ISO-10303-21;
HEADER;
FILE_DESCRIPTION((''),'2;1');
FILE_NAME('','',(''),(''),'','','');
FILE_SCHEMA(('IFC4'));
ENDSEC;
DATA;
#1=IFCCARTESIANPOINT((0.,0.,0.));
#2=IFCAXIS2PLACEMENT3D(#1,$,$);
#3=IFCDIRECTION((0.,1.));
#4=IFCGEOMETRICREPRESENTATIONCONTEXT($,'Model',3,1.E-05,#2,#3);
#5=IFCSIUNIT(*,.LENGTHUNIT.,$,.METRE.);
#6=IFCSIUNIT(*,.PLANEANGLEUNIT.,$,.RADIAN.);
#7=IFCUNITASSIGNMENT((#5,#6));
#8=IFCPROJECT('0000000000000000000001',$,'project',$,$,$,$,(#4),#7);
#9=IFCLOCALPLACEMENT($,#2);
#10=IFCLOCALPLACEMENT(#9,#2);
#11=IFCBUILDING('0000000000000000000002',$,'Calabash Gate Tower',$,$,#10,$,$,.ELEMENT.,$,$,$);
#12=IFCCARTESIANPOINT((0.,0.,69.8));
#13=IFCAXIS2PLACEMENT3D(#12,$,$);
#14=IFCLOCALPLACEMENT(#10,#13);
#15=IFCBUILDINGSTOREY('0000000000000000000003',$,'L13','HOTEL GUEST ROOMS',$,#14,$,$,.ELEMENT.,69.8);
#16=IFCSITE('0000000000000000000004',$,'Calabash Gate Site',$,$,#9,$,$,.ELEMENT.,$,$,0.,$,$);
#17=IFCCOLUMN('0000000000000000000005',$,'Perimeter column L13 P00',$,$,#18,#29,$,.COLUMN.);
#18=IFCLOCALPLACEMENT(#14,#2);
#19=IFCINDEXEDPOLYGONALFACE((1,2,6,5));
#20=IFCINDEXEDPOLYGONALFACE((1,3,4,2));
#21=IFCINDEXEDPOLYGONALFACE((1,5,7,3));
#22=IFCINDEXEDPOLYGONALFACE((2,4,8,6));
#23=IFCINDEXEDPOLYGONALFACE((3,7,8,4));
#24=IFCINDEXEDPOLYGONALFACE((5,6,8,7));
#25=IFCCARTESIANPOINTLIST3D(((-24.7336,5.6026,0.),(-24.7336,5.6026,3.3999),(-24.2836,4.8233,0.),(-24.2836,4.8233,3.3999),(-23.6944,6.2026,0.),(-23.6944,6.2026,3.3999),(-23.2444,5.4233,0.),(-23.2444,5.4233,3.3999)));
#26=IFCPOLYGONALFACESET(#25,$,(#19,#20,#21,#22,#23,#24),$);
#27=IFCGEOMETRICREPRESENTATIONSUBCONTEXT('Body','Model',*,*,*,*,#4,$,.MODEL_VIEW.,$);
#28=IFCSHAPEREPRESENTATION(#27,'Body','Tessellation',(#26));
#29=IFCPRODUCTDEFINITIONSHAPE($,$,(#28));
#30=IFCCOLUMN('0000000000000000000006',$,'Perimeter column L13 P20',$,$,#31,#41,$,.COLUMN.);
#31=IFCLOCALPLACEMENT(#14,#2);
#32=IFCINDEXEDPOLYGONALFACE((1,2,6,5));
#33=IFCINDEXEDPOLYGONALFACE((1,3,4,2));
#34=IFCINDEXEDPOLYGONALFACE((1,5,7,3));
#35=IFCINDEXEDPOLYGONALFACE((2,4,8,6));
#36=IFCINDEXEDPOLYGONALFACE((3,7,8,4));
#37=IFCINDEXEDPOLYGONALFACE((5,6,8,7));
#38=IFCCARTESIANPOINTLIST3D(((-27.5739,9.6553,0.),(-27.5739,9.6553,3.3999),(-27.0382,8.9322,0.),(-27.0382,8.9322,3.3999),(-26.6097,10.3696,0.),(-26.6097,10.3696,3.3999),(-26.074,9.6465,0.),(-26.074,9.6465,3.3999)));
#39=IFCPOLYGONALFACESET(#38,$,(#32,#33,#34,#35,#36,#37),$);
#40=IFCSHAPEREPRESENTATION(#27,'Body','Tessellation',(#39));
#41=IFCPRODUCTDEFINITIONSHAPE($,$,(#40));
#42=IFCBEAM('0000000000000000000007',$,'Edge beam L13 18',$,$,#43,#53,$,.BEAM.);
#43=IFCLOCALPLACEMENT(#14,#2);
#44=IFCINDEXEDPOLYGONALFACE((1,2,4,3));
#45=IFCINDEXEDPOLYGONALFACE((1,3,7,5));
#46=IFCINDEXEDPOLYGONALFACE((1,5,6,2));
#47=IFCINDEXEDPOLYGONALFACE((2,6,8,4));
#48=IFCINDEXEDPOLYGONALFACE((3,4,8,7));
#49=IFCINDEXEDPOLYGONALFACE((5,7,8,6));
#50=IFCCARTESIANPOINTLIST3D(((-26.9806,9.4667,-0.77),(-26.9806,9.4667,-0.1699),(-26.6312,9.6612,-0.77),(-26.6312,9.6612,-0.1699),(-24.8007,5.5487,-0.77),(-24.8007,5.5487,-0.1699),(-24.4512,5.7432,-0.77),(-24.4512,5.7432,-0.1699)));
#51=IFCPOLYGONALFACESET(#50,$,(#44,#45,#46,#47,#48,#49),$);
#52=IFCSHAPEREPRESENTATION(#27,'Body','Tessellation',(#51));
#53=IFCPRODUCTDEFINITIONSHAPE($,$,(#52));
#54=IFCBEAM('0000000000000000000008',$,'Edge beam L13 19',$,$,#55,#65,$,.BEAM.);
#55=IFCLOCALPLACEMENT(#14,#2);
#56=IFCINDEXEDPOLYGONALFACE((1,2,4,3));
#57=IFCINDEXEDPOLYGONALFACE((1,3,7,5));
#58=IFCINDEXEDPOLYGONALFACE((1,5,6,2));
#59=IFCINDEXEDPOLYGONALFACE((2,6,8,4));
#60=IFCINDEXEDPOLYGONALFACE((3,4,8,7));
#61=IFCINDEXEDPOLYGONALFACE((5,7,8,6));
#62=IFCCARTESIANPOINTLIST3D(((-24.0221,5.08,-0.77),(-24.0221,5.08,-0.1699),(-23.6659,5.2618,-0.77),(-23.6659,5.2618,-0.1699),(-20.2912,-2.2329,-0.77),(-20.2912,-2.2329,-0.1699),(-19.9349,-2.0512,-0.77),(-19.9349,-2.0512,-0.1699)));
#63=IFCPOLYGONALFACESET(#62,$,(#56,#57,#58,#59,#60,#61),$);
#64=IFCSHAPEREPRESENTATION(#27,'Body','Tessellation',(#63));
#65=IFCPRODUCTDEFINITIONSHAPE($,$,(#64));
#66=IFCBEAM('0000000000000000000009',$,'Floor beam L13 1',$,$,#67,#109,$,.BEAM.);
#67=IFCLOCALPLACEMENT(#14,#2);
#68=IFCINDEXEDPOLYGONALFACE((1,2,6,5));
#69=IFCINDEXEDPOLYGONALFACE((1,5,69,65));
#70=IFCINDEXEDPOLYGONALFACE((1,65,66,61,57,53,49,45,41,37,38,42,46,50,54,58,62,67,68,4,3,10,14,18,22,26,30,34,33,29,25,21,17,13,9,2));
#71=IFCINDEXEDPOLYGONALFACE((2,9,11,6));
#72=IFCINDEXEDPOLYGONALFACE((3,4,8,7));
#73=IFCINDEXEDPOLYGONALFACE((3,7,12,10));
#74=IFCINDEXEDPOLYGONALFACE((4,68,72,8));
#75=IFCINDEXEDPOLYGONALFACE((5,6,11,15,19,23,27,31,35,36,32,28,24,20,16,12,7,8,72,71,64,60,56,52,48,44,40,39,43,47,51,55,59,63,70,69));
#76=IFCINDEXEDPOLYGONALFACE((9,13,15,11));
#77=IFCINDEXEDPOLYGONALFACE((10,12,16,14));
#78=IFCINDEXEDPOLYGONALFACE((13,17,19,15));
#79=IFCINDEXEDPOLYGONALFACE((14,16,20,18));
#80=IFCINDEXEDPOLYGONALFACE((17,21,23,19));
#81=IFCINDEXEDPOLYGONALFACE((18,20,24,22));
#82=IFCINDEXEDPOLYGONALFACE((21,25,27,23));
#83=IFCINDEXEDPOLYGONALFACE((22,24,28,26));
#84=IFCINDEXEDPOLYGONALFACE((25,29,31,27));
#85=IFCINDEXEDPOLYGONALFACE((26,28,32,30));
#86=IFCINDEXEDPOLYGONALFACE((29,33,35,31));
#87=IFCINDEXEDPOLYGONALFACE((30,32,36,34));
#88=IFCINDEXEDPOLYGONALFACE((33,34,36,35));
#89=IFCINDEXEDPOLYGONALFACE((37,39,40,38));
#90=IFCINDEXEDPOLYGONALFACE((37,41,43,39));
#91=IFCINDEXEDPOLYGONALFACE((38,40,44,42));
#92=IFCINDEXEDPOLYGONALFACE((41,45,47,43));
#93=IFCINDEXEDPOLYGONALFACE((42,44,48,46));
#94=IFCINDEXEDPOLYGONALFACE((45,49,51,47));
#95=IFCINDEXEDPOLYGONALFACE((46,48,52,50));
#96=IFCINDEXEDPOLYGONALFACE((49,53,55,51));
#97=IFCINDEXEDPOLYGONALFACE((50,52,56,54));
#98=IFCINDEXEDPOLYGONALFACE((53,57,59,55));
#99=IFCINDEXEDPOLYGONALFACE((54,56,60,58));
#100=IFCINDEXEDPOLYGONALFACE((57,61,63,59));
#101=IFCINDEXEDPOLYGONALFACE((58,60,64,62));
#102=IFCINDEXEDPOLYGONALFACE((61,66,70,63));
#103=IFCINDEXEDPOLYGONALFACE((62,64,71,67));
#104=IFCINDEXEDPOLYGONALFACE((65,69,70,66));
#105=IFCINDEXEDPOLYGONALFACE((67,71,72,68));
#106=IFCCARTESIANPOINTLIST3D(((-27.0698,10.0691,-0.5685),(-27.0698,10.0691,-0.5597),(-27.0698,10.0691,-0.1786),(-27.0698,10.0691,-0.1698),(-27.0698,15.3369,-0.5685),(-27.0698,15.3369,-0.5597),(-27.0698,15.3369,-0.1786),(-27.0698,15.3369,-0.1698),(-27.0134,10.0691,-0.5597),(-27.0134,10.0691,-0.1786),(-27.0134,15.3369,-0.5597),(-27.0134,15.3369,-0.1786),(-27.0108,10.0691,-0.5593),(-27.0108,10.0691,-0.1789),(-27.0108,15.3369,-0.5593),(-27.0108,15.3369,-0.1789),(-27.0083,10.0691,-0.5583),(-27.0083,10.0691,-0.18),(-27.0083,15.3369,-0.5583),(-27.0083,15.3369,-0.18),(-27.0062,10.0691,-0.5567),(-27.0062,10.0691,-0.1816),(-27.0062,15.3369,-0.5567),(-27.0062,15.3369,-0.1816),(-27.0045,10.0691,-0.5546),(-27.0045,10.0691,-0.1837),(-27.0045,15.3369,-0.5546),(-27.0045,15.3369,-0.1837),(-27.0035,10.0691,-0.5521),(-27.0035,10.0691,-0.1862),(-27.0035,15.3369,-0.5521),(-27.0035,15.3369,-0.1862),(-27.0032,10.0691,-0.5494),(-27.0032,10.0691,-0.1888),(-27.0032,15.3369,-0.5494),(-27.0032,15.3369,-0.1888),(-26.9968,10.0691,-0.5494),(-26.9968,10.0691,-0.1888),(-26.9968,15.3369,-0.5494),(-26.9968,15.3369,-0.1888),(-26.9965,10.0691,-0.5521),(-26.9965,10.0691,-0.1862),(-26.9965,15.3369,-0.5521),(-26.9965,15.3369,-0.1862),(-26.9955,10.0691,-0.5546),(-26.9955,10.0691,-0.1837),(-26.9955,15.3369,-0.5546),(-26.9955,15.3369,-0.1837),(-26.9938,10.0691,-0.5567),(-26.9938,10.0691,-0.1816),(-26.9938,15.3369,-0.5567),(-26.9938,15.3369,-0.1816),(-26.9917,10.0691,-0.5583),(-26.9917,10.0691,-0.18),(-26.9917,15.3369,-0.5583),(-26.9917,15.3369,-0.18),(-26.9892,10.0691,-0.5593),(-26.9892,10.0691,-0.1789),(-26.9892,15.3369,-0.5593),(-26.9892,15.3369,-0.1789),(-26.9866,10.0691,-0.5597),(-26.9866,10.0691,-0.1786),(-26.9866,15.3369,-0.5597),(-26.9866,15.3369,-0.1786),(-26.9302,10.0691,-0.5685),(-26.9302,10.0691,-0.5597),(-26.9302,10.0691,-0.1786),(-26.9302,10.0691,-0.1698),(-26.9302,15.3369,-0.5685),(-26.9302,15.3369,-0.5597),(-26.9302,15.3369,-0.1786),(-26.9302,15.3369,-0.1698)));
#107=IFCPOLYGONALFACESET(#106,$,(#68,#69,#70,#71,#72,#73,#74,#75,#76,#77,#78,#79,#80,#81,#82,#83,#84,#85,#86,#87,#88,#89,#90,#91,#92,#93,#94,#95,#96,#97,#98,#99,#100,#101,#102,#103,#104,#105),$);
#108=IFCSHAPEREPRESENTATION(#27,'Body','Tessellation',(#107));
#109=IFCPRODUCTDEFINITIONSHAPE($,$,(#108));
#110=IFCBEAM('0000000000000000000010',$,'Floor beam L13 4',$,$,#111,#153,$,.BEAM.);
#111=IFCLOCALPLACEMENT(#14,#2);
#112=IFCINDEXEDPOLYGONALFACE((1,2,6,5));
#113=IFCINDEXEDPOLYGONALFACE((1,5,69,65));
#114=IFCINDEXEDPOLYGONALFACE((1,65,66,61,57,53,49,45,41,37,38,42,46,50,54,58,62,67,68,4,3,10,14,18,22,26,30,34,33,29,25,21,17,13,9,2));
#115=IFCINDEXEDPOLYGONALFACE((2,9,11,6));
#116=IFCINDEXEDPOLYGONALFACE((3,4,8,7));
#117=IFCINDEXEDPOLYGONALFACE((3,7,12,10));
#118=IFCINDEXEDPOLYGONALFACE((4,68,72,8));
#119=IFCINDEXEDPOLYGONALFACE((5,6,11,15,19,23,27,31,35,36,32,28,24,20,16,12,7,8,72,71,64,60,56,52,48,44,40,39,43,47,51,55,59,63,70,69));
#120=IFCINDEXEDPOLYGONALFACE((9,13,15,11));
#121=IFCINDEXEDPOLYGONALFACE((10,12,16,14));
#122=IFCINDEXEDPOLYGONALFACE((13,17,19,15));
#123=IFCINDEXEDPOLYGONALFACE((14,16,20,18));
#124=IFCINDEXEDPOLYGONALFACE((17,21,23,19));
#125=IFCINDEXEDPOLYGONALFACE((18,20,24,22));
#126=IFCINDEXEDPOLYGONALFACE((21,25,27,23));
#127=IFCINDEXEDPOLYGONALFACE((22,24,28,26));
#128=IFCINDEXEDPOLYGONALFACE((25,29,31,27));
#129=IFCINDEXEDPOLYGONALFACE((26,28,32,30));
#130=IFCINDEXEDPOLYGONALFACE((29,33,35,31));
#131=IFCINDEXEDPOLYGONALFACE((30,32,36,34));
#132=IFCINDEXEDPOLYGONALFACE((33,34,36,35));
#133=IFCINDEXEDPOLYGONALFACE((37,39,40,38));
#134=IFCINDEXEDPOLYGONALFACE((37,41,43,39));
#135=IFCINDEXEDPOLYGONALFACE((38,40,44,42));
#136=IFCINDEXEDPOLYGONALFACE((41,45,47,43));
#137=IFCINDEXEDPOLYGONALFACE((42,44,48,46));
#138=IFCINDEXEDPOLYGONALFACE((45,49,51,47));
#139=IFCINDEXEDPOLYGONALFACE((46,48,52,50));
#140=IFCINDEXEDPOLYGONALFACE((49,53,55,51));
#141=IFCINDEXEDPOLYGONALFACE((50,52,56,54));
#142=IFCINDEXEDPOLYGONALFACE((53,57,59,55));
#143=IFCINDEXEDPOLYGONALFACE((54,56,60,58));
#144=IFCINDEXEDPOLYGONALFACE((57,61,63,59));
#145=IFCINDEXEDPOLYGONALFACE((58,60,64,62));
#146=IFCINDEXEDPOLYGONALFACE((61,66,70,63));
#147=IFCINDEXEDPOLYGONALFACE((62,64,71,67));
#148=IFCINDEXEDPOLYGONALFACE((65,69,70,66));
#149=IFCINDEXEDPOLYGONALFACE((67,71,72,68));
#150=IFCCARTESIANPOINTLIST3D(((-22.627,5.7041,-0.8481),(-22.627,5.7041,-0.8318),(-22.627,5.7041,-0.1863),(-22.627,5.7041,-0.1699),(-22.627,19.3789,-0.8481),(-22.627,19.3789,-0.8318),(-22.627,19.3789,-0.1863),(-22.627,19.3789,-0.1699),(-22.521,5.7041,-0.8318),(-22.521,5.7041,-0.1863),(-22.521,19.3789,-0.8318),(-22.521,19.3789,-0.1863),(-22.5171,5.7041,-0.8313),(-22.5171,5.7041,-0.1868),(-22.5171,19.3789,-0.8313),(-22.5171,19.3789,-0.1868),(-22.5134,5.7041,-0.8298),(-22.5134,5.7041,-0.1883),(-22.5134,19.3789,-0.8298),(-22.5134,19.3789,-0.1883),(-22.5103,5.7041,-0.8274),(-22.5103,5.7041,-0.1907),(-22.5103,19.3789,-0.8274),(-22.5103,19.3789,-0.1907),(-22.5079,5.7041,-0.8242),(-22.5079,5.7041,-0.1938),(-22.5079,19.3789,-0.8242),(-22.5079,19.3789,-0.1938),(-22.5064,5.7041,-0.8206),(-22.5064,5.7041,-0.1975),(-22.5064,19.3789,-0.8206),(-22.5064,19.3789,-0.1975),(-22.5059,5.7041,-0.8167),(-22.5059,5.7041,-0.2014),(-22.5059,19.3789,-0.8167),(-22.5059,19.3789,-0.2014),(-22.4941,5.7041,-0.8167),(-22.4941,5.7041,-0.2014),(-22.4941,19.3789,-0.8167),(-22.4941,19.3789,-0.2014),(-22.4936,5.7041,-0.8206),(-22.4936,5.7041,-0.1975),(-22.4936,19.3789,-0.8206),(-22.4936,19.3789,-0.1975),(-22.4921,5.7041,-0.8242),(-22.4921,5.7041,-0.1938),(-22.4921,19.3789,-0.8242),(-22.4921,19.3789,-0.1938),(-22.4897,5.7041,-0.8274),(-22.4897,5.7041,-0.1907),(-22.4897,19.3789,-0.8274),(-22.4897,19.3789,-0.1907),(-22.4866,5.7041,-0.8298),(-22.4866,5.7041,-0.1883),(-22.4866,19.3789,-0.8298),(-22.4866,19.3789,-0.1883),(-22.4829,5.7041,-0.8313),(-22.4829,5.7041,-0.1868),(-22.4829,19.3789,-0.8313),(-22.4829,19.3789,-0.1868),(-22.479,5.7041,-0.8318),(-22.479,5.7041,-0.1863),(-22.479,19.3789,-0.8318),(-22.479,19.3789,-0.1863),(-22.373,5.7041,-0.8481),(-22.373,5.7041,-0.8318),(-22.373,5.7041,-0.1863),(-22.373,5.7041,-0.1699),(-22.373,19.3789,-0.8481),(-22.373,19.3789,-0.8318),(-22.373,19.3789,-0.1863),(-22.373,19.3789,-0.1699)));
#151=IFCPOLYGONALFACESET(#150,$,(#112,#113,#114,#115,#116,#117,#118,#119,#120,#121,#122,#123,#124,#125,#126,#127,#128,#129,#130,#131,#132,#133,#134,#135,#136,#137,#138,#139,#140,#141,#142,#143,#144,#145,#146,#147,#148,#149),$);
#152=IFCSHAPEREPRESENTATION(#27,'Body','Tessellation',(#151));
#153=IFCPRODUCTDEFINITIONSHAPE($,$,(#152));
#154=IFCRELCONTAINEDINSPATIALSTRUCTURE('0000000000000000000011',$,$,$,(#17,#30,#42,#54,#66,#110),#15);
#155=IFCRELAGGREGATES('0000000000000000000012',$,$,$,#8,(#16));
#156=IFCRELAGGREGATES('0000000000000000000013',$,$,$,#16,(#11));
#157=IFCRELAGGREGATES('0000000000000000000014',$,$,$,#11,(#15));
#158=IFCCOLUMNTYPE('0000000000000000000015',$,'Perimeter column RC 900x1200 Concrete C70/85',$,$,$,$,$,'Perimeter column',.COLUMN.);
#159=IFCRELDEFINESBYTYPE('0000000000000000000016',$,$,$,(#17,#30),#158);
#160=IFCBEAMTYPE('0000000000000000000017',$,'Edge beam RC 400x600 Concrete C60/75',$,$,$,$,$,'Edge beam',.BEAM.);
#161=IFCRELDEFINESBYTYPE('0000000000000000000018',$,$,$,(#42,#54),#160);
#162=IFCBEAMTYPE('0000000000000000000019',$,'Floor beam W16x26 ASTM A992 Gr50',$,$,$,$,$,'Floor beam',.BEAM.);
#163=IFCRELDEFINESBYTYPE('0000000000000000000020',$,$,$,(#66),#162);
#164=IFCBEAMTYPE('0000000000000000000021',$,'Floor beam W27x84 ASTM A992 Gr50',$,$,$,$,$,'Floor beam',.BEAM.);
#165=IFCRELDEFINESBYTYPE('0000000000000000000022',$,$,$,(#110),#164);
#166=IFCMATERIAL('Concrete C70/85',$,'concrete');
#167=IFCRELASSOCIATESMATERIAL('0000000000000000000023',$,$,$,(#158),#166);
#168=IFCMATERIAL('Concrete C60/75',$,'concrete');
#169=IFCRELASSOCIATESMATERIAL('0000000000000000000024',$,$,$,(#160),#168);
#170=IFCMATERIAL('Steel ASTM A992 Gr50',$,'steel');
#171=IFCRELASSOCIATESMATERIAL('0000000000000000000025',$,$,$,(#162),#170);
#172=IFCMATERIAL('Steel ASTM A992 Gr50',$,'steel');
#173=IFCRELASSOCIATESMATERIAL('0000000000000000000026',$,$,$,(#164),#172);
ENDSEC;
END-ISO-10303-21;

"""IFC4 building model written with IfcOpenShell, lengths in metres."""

from ifc_helpers import new_model, si_unit, direction, frame, origin, origin_2d, place, context, subcontext, project, spatial, rectangle, i_section, extrude, material, material_profile, profile_set, type_object, element, save


model = new_model("IFC4")

# Units and contexts
model_context = context("Model", 3, precision=1e-05, world=origin(), true_north=direction((0.0, 1.0)))
body_context = subcontext(model_context, "Body", "Model", "MODEL_VIEW")
ifc_project = project(units=[si_unit("LENGTHUNIT", "METRE"), si_unit("PLANEANGLEUNIT", "RADIAN")], contexts=[model_context])

# Site, building, storey
site_placement = place(None, origin())
site = spatial("IfcSite", under=ifc_project, at=site_placement, Name="Calabash Gate Site", CompositionType="ELEMENT", RefElevation=0.0)
building_placement = place(site_placement, origin())
building = spatial("IfcBuilding", under=site, at=building_placement, Name="Calabash Gate Tower", CompositionType="ELEMENT")
storey_placement = place(building_placement, frame((0.0, 0.0, 69.8)))
storey = spatial("IfcBuildingStorey", under=building, at=storey_placement, Name="L13", Description="HOTEL GUEST ROOMS", CompositionType="ELEMENT", Elevation=69.8)

# Columns
ifc_material_1 = material(Name="Concrete C70/85", Category="concrete")
ifc_material_profile_1 = material_profile(ifc_material_1, rectangle(XDim=0.8999, YDim=1.2, at=origin_2d()))
ifc_profile_set_1 = profile_set([ifc_material_profile_1], Name="Concrete C70/85")
column_type = type_object("IfcColumnType", Name="Perimeter column RC 900x1200 Concrete C70/85", ElementType="Perimeter column", PredefinedType="COLUMN", material=ifc_profile_set_1)
for number, where, z_axis, x_axis, name in (
    (1, (-23.989, 5.5129, 0.0), (0.0, 0.0, 1.0), (0.5, -0.866025, 0.0), "Perimeter column L13 P00"),
    (2, (-26.824, 9.6509, 0.0), (0.0, 0.0, 1.0), (0.595287, -0.803513, 0.0), "Perimeter column L13 P20"),
):
    element("IfcColumn", number, at=place(storey_placement, frame(where, z_axis=z_axis, x_axis=x_axis)), inside=storey, type_object=column_type, Name=name, PredefinedType="COLUMN", context=body_context, shape_type="SweptSolid", body=[
        extrude(rectangle(XDim=0.8999, YDim=1.2, at=origin_2d()), origin(), (0.0, 0.0, 1.0), 3.3999),
    ])

# Beams
ifc_material_2 = material(Name="Concrete C60/75", Category="concrete")
ifc_material_profile_2 = material_profile(ifc_material_2, rectangle(XDim=0.3999, YDim=0.6001, at=origin_2d()))
ifc_profile_set_2 = profile_set([ifc_material_profile_2], Name="Concrete C60/75")
beam_type_1 = type_object("IfcBeamType", Name="Edge beam RC 400x600 Concrete C60/75", ElementType="Edge beam", PredefinedType="BEAM", material=ifc_profile_set_2)
beam_1_placement = place(storey_placement, frame((-26.8059, 9.564, -0.47), z_axis=(0.486202, -0.873846, 0.0), x_axis=(0.873846, 0.486202, 0.0)))
element("IfcBeam", 3, at=beam_1_placement, inside=storey, type_object=beam_type_1, Name="Edge beam L13 18", PredefinedType="BEAM", context=body_context, shape_type="SweptSolid", body=[
    extrude(rectangle(XDim=0.3999, YDim=0.6001, at=origin_2d()), origin(), (0.0, 0.0, 1.0), 4.4836),
])
beam_2_placement = place(storey_placement, frame((-23.844, 5.1709, -0.47), z_axis=(0.454455, -0.89077, 0.0), x_axis=(0.89077, 0.454455, 0.0)))
element("IfcBeam", 4, at=beam_2_placement, inside=storey, type_object=beam_type_1, Name="Edge beam L13 19", PredefinedType="BEAM", context=body_context, shape_type="SweptSolid", body=[
    extrude(rectangle(XDim=0.3999, YDim=0.6001, at=origin_2d()), origin(), (0.0, 0.0, 1.0), 8.2097),
])
ifc_material_3 = material(Name="Steel ASTM A992 Gr50", Category="steel")
ifc_material_profile_3 = material_profile(ifc_material_3, i_section(OverallWidth=0.1396, OverallDepth=0.3987, WebThickness=0.0063, FlangeThickness=0.0088, FilletRadius=0.0103, at=origin_2d()))
ifc_profile_set_3 = profile_set([ifc_material_profile_3], Name="Steel ASTM A992 Gr50")
beam_type_2 = type_object("IfcBeamType", Name="Floor beam W16x26 ASTM A992 Gr50", ElementType="Floor beam", PredefinedType="BEAM", material=ifc_profile_set_3)
beam_3_placement = place(storey_placement, frame((-27.0, 10.0691, -0.3691), z_axis=(0.0, 1.0, 0.0), x_axis=(-1.0, 0.0, 0.0)))
element("IfcBeam", 5, at=beam_3_placement, inside=storey, type_object=beam_type_2, Name="Floor beam L13 1", PredefinedType="BEAM", context=body_context, shape_type="SweptSolid", body=[
    extrude(i_section(OverallWidth=0.1396, OverallDepth=0.3987, WebThickness=0.0063, FlangeThickness=0.0088, FilletRadius=0.0103, at=origin_2d()), origin(), (0.0, 0.0, 1.0), 5.2678),
])
ifc_material_4 = material(Name="Steel ASTM A992 Gr50", Category="steel")
ifc_material_profile_4 = material_profile(ifc_material_4, i_section(OverallWidth=0.2539, OverallDepth=0.6782, WebThickness=0.0117, FlangeThickness=0.0164, FilletRadius=0.0151, at=origin_2d()))
ifc_profile_set_4 = profile_set([ifc_material_profile_4], Name="Steel ASTM A992 Gr50")
beam_type_3 = type_object("IfcBeamType", Name="Floor beam W27x84 ASTM A992 Gr50", ElementType="Floor beam", PredefinedType="BEAM", material=ifc_profile_set_4)
beam_4_placement = place(storey_placement, frame((-22.5, 5.7041, -0.509), z_axis=(0.0, 1.0, 0.0), x_axis=(-1.0, 0.0, 0.0)))
element("IfcBeam", 6, at=beam_4_placement, inside=storey, type_object=beam_type_3, Name="Floor beam L13 4", PredefinedType="BEAM", context=body_context, shape_type="SweptSolid", body=[
    extrude(i_section(OverallWidth=0.2539, OverallDepth=0.6782, WebThickness=0.0117, FlangeThickness=0.0164, FilletRadius=0.0151, at=origin_2d()), origin(), (0.0, 0.0, 1.0), 13.6748),
])

save(model, "model.ifc")
